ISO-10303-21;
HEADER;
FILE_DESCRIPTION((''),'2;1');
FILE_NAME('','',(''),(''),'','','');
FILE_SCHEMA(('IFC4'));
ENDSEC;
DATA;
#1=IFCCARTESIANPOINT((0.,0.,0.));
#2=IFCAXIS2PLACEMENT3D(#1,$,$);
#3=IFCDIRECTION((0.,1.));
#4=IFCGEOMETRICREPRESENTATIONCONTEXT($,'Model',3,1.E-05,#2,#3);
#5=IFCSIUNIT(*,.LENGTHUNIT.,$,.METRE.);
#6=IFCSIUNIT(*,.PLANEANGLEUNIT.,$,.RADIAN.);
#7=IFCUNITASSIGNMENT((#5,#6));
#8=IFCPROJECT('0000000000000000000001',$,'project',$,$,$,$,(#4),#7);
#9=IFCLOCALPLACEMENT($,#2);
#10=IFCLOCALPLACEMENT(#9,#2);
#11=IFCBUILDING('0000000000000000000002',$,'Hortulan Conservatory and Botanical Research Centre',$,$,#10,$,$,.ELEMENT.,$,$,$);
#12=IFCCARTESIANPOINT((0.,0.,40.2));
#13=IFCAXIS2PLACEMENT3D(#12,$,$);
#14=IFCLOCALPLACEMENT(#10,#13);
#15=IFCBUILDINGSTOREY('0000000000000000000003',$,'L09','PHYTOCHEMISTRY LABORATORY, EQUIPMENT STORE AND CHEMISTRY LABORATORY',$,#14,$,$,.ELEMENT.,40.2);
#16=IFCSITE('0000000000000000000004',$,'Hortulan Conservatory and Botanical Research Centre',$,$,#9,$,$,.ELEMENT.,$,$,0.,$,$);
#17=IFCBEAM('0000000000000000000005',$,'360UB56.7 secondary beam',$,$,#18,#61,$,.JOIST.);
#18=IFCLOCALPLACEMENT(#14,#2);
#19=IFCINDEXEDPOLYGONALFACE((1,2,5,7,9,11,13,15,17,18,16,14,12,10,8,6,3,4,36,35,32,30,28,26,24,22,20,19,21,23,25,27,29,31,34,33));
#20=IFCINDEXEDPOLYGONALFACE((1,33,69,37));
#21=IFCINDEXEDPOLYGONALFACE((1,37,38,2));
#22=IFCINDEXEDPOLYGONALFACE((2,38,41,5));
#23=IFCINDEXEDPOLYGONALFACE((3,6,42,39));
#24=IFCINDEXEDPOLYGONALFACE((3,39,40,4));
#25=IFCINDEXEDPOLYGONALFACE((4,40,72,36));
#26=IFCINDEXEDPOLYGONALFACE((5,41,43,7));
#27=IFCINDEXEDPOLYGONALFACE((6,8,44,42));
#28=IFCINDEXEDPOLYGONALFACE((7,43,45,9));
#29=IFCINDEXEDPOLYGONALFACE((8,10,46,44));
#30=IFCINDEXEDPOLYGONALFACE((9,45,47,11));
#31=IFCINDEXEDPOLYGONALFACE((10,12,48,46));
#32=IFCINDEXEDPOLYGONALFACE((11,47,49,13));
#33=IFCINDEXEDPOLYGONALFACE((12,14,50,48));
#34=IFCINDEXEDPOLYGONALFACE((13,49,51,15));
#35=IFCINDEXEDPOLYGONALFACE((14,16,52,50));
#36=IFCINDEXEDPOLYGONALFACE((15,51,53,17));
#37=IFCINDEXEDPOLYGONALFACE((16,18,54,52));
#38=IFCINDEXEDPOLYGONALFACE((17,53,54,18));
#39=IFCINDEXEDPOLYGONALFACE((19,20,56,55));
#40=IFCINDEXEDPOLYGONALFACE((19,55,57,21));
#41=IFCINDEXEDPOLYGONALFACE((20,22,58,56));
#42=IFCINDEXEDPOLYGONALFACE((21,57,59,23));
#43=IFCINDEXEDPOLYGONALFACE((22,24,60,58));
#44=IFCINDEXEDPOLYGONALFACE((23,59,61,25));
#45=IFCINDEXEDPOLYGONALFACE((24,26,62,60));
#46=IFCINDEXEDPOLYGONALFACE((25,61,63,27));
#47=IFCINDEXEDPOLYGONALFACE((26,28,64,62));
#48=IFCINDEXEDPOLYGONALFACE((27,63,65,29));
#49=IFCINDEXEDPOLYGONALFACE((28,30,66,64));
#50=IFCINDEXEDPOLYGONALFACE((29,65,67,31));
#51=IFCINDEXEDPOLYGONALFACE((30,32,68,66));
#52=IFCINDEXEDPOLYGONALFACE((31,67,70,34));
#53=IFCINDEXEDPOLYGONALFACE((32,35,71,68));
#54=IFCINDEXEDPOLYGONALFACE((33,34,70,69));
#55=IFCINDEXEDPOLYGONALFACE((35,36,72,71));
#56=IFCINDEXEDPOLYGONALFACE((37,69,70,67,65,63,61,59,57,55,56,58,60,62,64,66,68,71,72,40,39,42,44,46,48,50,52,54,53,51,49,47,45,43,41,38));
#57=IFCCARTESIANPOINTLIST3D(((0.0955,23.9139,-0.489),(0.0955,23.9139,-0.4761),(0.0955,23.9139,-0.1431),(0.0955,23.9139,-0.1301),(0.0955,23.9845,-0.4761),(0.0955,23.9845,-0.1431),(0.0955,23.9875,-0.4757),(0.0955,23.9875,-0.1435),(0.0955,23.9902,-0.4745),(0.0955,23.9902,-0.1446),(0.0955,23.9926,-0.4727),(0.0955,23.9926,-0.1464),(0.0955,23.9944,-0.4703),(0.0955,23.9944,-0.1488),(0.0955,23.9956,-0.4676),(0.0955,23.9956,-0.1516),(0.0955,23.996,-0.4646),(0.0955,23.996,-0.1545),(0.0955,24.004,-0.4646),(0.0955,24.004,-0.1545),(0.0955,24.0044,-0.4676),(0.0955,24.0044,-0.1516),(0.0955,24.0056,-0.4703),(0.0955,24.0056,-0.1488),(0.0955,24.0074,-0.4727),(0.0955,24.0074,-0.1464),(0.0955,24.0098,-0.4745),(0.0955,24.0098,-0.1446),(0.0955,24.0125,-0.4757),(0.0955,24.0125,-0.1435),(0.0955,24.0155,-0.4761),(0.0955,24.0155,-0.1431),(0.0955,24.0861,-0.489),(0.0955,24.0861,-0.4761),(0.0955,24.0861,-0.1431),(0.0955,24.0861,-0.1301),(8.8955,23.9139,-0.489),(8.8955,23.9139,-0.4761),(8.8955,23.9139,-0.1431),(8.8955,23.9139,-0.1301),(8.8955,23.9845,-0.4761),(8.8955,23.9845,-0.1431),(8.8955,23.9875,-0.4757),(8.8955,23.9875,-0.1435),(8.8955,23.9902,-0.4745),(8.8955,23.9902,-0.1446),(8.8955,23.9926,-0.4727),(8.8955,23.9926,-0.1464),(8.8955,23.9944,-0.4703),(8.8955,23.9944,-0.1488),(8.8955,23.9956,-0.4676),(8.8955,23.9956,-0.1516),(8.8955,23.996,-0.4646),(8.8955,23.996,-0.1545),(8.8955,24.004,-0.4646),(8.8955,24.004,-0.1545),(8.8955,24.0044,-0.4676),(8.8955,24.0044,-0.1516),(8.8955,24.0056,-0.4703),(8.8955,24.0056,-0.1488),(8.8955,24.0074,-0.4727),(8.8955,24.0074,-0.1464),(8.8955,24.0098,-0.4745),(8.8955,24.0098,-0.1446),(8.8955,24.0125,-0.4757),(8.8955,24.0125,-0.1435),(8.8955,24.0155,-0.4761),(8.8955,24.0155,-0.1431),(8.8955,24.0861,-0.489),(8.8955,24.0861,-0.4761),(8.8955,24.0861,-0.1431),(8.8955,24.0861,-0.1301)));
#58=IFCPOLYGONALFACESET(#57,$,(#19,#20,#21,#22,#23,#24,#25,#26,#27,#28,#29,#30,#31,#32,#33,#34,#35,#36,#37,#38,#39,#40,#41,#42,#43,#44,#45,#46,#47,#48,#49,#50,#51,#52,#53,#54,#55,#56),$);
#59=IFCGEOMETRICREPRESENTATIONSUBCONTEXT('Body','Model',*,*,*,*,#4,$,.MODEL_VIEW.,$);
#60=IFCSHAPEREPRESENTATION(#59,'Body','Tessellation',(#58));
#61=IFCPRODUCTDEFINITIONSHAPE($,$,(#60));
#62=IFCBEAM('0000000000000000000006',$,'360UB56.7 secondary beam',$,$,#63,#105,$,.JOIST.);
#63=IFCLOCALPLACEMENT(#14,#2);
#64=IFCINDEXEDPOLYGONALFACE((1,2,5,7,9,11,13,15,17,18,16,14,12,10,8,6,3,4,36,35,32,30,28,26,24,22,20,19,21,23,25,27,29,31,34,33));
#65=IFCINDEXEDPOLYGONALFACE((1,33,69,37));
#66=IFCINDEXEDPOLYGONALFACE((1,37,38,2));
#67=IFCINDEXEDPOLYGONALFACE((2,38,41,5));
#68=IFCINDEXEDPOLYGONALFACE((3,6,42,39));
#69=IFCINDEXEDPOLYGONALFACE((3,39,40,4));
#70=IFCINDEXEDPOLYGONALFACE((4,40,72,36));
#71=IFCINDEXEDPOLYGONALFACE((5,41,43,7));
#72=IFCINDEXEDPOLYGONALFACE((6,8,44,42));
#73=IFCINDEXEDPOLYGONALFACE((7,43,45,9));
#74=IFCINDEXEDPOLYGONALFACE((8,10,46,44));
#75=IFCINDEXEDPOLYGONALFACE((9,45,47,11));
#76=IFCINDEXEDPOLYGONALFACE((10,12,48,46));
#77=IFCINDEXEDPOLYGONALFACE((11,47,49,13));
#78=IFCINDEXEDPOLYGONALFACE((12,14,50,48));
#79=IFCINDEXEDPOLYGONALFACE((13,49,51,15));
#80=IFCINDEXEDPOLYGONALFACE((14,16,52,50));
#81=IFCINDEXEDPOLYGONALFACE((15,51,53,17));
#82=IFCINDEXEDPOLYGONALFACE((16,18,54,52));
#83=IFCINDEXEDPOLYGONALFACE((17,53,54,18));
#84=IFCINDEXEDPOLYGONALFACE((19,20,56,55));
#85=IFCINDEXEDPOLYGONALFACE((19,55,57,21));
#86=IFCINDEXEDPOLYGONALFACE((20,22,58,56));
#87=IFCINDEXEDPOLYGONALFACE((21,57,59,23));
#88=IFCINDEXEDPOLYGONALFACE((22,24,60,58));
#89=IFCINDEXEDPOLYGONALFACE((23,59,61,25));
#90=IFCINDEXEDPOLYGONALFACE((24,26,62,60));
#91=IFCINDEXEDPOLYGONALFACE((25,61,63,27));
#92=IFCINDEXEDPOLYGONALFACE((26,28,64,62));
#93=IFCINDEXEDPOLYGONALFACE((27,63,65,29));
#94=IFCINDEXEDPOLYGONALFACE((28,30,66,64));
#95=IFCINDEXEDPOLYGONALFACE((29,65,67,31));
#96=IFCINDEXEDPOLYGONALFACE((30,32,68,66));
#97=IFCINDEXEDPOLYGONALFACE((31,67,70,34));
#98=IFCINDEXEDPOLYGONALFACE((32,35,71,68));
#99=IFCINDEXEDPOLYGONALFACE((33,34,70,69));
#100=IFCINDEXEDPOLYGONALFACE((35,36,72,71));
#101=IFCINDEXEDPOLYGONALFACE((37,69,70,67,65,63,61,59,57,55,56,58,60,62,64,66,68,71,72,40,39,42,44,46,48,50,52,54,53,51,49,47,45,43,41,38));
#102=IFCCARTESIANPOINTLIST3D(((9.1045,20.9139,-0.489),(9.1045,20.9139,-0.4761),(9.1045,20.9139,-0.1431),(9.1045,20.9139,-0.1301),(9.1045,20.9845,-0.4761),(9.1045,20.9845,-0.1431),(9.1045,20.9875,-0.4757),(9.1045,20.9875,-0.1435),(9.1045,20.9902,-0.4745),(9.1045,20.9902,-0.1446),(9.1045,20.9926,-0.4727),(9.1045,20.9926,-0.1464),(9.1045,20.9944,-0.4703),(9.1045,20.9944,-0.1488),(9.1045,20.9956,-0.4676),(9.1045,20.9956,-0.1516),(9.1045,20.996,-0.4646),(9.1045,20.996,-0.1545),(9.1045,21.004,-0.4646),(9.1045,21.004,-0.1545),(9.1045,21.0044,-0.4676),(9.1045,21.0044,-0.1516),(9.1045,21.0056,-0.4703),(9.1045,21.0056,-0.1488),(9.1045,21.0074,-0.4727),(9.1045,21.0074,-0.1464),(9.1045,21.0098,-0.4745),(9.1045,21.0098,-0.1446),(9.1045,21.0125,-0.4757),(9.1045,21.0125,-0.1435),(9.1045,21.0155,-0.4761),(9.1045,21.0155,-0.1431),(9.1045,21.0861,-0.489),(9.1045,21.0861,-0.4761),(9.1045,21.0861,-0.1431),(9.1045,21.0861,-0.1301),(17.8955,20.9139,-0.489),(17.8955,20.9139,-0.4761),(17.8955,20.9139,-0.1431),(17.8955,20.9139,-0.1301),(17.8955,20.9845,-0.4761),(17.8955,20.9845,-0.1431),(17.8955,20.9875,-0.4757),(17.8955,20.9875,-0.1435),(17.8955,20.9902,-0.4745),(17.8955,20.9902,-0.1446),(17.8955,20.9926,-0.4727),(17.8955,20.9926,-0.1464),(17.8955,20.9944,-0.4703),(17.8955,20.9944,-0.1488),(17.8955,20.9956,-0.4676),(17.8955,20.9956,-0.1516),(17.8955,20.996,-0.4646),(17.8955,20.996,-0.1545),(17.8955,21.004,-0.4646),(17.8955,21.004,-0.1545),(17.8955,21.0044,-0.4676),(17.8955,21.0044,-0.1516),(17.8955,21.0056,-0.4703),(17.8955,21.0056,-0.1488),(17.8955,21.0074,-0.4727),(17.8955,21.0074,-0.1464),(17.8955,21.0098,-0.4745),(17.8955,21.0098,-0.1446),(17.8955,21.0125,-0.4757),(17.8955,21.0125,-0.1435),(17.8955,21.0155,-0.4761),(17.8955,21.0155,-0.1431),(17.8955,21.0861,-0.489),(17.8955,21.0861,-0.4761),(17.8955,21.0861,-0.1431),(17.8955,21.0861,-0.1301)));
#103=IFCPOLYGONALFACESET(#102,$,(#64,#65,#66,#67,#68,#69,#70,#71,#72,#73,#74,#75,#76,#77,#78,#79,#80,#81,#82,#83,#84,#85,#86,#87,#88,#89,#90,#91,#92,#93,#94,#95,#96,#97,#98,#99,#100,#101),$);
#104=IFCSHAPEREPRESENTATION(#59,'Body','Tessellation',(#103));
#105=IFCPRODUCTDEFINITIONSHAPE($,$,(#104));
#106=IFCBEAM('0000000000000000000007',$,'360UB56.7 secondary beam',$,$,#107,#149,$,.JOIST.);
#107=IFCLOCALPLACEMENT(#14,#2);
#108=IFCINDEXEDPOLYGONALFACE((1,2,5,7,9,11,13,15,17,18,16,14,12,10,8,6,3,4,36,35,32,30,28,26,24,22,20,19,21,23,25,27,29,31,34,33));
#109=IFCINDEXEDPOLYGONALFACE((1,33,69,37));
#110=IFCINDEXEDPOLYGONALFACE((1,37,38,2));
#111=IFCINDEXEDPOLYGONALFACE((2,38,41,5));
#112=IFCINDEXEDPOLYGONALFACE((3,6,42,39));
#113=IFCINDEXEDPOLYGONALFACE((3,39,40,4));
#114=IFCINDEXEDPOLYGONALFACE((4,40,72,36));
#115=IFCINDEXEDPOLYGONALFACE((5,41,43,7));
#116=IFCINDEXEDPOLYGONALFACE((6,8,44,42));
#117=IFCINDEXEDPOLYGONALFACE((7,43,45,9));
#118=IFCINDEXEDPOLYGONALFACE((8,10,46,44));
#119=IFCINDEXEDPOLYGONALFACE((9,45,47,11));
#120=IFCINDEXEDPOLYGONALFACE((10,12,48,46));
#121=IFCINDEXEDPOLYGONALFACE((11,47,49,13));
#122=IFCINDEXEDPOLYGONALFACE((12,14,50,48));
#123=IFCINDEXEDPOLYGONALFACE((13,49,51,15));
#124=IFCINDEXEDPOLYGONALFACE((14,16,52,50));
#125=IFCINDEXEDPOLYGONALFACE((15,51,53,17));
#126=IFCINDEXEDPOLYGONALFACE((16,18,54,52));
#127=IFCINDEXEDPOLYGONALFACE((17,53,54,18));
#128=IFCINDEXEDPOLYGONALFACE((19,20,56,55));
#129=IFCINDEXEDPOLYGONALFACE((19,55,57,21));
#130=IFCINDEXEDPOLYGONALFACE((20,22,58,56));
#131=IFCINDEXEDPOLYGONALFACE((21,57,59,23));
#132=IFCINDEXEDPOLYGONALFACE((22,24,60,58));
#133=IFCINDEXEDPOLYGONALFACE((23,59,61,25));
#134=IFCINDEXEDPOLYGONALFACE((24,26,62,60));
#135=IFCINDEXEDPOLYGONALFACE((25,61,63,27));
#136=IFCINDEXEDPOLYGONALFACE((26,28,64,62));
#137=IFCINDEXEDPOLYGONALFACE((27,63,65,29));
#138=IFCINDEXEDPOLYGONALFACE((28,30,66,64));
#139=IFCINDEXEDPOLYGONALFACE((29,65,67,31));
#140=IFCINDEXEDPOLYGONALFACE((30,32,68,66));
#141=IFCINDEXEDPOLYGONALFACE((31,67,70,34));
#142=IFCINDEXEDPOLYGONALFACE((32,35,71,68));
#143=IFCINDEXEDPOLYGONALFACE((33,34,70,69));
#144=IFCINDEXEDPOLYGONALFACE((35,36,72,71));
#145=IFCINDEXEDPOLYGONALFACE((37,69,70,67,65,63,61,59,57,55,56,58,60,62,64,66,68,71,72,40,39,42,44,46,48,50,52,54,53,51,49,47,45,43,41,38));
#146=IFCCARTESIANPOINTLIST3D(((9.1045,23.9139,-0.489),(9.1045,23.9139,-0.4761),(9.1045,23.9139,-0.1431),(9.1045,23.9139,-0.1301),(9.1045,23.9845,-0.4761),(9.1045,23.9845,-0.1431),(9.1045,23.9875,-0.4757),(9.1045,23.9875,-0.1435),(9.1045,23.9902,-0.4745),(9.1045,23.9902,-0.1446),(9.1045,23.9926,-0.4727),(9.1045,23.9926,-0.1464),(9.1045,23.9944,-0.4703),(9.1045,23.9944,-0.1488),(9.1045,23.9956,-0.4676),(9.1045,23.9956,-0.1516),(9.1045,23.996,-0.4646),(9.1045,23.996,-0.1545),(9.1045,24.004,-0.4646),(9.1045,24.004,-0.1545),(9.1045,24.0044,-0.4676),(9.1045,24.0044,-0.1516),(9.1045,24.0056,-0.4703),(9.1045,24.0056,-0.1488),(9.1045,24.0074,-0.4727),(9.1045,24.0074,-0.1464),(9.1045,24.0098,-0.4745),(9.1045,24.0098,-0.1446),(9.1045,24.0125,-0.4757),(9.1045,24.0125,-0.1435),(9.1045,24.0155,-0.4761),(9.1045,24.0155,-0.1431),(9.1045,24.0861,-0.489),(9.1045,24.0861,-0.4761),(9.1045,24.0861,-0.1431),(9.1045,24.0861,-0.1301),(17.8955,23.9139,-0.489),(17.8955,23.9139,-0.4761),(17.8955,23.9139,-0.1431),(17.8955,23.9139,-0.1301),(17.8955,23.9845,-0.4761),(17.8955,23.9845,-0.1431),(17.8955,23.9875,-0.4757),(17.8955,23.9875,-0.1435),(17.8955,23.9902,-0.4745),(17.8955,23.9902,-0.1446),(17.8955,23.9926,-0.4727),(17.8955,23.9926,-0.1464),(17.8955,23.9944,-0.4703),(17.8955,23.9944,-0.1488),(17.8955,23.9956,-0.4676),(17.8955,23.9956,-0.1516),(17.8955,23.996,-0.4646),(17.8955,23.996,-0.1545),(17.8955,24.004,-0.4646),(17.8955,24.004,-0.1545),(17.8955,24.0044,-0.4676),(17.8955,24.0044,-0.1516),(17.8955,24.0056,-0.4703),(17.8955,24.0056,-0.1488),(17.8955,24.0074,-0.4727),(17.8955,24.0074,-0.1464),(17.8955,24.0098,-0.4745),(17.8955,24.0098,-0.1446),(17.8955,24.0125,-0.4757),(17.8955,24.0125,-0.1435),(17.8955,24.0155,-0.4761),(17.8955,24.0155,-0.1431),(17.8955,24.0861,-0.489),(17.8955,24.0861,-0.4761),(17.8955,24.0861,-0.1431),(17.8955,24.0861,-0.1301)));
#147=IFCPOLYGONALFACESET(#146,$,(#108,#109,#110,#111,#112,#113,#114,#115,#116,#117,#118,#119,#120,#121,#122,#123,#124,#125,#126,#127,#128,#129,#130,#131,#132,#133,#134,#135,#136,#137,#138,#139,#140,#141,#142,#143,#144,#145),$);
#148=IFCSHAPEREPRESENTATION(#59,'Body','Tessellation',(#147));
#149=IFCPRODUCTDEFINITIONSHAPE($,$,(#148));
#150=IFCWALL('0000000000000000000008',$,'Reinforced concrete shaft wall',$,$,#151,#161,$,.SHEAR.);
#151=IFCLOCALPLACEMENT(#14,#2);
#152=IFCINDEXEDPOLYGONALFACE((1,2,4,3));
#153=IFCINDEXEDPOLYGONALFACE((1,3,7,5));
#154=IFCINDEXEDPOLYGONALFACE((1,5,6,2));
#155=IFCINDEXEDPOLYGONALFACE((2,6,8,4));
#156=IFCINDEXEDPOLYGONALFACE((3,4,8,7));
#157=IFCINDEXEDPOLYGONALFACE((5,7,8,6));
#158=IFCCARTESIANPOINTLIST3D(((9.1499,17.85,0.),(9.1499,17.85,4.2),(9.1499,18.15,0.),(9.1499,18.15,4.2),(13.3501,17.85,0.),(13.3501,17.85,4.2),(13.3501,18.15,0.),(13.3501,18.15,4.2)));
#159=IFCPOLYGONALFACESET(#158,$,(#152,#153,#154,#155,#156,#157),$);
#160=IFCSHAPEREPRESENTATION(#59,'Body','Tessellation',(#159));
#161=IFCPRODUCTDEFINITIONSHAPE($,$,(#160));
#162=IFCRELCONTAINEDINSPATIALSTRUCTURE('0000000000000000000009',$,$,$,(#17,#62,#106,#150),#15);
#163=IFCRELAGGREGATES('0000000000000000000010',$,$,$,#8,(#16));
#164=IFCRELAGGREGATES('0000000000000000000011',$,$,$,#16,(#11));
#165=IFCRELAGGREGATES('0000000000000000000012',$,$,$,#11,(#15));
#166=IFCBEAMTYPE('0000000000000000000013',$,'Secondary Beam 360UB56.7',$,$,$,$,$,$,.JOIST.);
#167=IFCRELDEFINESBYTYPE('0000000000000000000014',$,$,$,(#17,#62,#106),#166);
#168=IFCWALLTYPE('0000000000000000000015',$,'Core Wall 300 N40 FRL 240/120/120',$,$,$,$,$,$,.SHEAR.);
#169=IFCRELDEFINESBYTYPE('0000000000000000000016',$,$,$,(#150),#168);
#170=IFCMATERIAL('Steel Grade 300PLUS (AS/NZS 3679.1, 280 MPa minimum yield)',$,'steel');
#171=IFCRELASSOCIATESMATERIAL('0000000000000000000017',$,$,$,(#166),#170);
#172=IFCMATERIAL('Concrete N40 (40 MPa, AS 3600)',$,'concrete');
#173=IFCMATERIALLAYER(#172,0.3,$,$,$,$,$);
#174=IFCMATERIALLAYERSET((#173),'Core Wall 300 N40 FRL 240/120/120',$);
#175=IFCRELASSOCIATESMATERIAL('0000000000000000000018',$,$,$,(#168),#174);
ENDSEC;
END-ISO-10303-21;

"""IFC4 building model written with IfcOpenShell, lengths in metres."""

from ifc_helpers import new_model, si_unit, direction, frame, frame_2d, origin, origin_2d, place, context, subcontext, project, spatial, rectangle, i_section, extrude, material, layer, layer_set, material_profile, profile_set, type_object, element, save


model = new_model("IFC4")

# Units and contexts
model_context = context("Model", 3, precision=1e-05, world=origin(), true_north=direction((0.0, 1.0)))
body_context = subcontext(model_context, "Body", "Model", "MODEL_VIEW")
ifc_project = project(units=[si_unit("LENGTHUNIT", "METRE"), si_unit("PLANEANGLEUNIT", "RADIAN")], contexts=[model_context])

# Site, building, storey
site_placement = place(None, origin())
site = spatial("IfcSite", under=ifc_project, at=site_placement, Name="Hortulan Conservatory and Botanical Research Centre", CompositionType="ELEMENT", RefElevation=0.0)
building_placement = place(site_placement, origin())
building = spatial("IfcBuilding", under=site, at=building_placement, Name="Hortulan Conservatory and Botanical Research Centre", CompositionType="ELEMENT")
storey_placement = place(building_placement, frame((0.0, 0.0, 40.2)))
storey = spatial("IfcBuildingStorey", under=building, at=storey_placement, Name="L09", Description="PHYTOCHEMISTRY LABORATORY, EQUIPMENT STORE AND CHEMISTRY LABORATORY", CompositionType="ELEMENT", Elevation=40.2)

# Shared definitions
ifc_material_1 = material(Name="Steel Grade 300PLUS (AS/NZS 3679.1, 280 MPa minimum yield)", Category="steel")

# Beams
ifc_material_profile_1 = material_profile(ifc_material_1, i_section(OverallWidth=0.1721, OverallDepth=0.3589, WebThickness=0.0081, FlangeThickness=0.0129, FilletRadius=0.0115, at=origin_2d()), Name="360UB56.7")
ifc_profile_set_1 = profile_set([ifc_material_profile_1], Name="Steel Grade 300PLUS (AS/NZS 3679.1, 280 MPa minimum yield)")
beam_type_1 = type_object("IfcBeamType", Name="Secondary Beam 360UB56.7", PredefinedType="JOIST", material=ifc_profile_set_1)
for number, where, z_axis, x_axis, name in (
    (1, (0.0955, 24.0, -0.3096), (1.0, 0.0, 0.0), (0.0, 1.0, 0.0), "360UB56.7 secondary beam"),
):
    element("IfcBeam", number, at=place(storey_placement, frame(where, z_axis=z_axis, x_axis=x_axis)), inside=storey, type_object=beam_type_1, Name=name, PredefinedType="JOIST", context=body_context, shape_type="SweptSolid", body=[
        extrude(i_section(OverallWidth=0.1721, OverallDepth=0.3589, WebThickness=0.0081, FlangeThickness=0.0129, FilletRadius=0.0115, at=origin_2d()), origin(), (0.0, 0.0, 1.0), 8.8),
    ])
for number, where, z_axis, x_axis, name in (
    (2, (9.1045, 21.0, -0.3096), (1.0, 0.0, 0.0), (0.0, 1.0, 0.0), "360UB56.7 secondary beam"),
    (3, (9.1045, 24.0, -0.3096), (1.0, 0.0, 0.0), (0.0, 1.0, 0.0), "360UB56.7 secondary beam"),
):
    element("IfcBeam", number, at=place(storey_placement, frame(where, z_axis=z_axis, x_axis=x_axis)), inside=storey, type_object=beam_type_1, Name=name, PredefinedType="JOIST", context=body_context, shape_type="SweptSolid", body=[
        extrude(i_section(OverallWidth=0.1721, OverallDepth=0.3589, WebThickness=0.0081, FlangeThickness=0.0129, FilletRadius=0.0115, at=origin_2d()), origin(), (0.0, 0.0, 1.0), 8.791),
    ])

# Wall
ifc_material_2 = material(Name="Concrete N40 (40 MPa, AS 3600)", Category="concrete")
ifc_layer_1 = layer(ifc_material_2, 0.3)
ifc_layer_set_1 = layer_set([ifc_layer_1], Name="Core Wall 300 N40 FRL 240/120/120")
wall_type_1 = type_object("IfcWallType", Name="Core Wall 300 N40 FRL 240/120/120", PredefinedType="SHEAR", material=ifc_layer_set_1)
wall_1_placement = place(storey_placement, frame((9.1499, 18.0, 0.0), z_axis=(0.0, 0.0, 1.0), x_axis=(1.0, 0.0, 0.0)))
element("IfcWall", 4, at=wall_1_placement, inside=storey, type_object=wall_type_1, Name="Reinforced concrete shaft wall", PredefinedType="SHEAR", context=body_context, shape_type="SweptSolid", body=[
    extrude(rectangle(XDim=4.2002, YDim=0.3, at=frame_2d((2.1001, 0.0))), origin(), (0.0, 0.0, 1.0), 4.2),
])

save(model, "model.ifc")
